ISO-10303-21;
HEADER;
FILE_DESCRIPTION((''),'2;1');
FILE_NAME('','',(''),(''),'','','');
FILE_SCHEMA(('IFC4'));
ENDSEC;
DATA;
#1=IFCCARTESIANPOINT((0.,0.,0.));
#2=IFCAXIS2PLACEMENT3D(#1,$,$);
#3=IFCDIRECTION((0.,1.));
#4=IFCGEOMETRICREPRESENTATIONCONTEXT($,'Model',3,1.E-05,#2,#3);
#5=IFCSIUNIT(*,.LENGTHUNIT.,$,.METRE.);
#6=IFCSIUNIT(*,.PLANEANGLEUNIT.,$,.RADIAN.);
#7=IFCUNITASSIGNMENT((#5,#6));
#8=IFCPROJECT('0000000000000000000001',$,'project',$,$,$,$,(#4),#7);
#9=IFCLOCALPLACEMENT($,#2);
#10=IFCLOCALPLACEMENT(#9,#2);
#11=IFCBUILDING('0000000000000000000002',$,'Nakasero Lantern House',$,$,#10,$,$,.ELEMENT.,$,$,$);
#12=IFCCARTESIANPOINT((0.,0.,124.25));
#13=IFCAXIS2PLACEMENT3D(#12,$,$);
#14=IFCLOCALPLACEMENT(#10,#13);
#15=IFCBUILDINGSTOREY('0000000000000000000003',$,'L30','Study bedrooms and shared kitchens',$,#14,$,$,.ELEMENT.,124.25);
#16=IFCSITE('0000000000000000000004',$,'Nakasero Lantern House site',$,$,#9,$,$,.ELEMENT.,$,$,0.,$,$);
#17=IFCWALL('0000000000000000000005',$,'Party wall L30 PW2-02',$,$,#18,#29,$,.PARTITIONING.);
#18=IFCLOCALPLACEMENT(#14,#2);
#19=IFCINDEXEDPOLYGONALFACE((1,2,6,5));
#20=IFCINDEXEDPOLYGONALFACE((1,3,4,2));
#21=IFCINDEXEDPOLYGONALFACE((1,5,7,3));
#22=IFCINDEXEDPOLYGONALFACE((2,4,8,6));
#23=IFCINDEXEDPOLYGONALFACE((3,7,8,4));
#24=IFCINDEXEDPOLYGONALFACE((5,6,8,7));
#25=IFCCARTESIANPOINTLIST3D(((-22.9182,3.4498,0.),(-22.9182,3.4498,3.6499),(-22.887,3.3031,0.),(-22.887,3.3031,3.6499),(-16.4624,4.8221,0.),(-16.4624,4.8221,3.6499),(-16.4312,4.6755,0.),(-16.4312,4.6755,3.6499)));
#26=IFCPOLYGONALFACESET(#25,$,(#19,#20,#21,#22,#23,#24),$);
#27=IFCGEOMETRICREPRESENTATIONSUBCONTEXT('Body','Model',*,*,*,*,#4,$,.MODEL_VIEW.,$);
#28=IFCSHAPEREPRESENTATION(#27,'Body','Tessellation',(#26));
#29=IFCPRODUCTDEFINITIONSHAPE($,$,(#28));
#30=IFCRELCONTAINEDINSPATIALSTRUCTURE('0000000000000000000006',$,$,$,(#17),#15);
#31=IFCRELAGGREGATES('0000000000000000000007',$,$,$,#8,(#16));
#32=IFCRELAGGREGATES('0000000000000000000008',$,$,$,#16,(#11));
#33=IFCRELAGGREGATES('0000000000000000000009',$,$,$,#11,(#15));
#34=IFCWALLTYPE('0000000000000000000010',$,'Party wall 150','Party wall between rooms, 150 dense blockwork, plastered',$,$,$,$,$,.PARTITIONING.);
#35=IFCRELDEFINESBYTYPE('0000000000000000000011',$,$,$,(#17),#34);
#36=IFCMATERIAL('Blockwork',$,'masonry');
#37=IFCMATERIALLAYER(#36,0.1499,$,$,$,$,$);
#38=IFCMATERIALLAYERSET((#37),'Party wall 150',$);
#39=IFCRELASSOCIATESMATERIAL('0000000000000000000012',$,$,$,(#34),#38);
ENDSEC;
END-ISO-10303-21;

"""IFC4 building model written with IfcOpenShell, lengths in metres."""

from ifc_helpers import new_model, si_unit, direction, frame, frame_2d, origin, place, context, subcontext, project, spatial, rectangle, extrude, material, layer, layer_set, type_object, element, save


model = new_model("IFC4")

# Units and contexts
model_context = context("Model", 3, precision=1e-05, world=origin(), true_north=direction((0.0, 1.0)))
body_context = subcontext(model_context, "Body", "Model", "MODEL_VIEW")
ifc_project = project(units=[si_unit("LENGTHUNIT", "METRE"), si_unit("PLANEANGLEUNIT", "RADIAN")], contexts=[model_context])

# Site, building, storey
site_placement = place(None, origin())
site = spatial("IfcSite", under=ifc_project, at=site_placement, Name="Nakasero Lantern House site", CompositionType="ELEMENT", RefElevation=0.0)
building_placement = place(site_placement, origin())
building = spatial("IfcBuilding", under=site, at=building_placement, Name="Nakasero Lantern House", CompositionType="ELEMENT")
storey_placement = place(building_placement, frame((0.0, 0.0, 124.25)))
storey = spatial("IfcBuildingStorey", under=building, at=storey_placement, Name="L30", Description="Study bedrooms and shared kitchens", CompositionType="ELEMENT", Elevation=124.25)

# Wall
ifc_material_1 = material(Name="Blockwork", Category="masonry")
ifc_layer_1 = layer(ifc_material_1, 0.1499)
ifc_layer_set_1 = layer_set([ifc_layer_1], Name="Party wall 150")
wall_type_1 = type_object("IfcWallType", Name="Party wall 150", Description="Party wall between rooms, 150 dense blockwork, plastered", PredefinedType="PARTITIONING", material=ifc_layer_set_1)
wall_1_placement = place(storey_placement, frame((-16.4468, 4.7488, 0.0), z_axis=(0.0, 0.0, 1.0), x_axis=(-0.978145, -0.207925, 0.0)))
element("IfcWall", 1, at=wall_1_placement, inside=storey, type_object=wall_type_1, Name="Party wall L30 PW2-02", PredefinedType="PARTITIONING", context=body_context, shape_type="SweptSolid", body=[
    extrude(rectangle(XDim=6.6001, YDim=0.1499, at=frame_2d((3.3, 0.0))), origin(), (0.0, 0.0, 1.0), 3.6499),
])

save(model, "model.ifc")
